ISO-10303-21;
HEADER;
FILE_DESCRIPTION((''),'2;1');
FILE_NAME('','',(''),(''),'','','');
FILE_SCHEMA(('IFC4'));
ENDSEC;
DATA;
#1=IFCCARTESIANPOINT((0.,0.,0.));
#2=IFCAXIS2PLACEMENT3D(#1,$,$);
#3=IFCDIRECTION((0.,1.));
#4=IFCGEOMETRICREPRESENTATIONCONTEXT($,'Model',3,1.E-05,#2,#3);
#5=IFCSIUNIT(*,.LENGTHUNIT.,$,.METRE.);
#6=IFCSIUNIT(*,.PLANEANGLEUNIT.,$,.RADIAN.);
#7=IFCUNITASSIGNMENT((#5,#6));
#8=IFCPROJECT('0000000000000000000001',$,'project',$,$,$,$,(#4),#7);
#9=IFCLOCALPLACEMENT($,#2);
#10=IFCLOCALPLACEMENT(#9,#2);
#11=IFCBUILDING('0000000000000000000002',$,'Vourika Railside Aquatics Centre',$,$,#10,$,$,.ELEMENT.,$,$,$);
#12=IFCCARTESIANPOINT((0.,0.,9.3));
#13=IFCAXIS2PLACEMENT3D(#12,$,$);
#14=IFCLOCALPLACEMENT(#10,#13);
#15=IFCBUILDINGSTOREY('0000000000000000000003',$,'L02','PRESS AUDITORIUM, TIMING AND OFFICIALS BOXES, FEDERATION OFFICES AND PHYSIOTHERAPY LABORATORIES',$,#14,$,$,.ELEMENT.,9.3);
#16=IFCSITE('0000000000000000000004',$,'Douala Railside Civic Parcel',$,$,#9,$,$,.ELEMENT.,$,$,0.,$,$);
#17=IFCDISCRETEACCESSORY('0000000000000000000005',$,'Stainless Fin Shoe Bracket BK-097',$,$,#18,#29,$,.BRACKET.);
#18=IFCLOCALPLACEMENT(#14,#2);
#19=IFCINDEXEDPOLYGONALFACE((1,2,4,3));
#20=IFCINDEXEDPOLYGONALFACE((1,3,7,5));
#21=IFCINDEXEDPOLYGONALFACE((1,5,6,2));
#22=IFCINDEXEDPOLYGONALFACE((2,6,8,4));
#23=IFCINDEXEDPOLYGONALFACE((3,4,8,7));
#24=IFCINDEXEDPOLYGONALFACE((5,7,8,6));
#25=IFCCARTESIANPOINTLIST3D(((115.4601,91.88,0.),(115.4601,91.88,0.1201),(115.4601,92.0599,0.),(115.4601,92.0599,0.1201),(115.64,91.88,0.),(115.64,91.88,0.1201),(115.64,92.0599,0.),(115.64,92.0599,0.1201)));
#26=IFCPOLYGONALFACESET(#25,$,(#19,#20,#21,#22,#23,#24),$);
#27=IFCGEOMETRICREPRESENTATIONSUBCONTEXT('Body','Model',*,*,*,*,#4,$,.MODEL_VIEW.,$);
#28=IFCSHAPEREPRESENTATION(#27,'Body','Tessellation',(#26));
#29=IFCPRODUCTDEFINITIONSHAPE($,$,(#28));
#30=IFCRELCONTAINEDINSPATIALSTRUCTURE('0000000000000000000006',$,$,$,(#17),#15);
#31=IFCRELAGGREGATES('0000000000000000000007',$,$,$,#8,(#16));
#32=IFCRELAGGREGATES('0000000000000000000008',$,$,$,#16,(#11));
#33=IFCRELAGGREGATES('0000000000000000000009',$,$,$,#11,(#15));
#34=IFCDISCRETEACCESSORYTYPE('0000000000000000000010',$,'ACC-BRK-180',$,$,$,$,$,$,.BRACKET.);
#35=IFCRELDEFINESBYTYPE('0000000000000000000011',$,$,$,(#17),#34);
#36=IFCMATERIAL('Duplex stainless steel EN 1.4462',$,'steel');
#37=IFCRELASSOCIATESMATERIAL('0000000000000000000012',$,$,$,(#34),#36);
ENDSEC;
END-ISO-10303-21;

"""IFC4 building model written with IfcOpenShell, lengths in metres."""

from ifc_helpers import new_model, si_unit, direction, frame, origin, origin_2d, place, context, subcontext, project, spatial, rectangle, extrude, material, type_object, element, save


model = new_model("IFC4")

# Units and contexts
model_context = context("Model", 3, precision=1e-05, world=origin(), true_north=direction((0.0, 1.0)))
body_context = subcontext(model_context, "Body", "Model", "MODEL_VIEW")
ifc_project = project(units=[si_unit("LENGTHUNIT", "METRE"), si_unit("PLANEANGLEUNIT", "RADIAN")], contexts=[model_context])

# Site, building, storey
site_placement = place(None, origin())
site = spatial("IfcSite", under=ifc_project, at=site_placement, Name="Douala Railside Civic Parcel", CompositionType="ELEMENT", RefElevation=0.0)
building_placement = place(site_placement, origin())
building = spatial("IfcBuilding", under=site, at=building_placement, Name="Vourika Railside Aquatics Centre", CompositionType="ELEMENT")
storey_placement = place(building_placement, frame((0.0, 0.0, 9.3)))
storey = spatial("IfcBuildingStorey", under=building, at=storey_placement, Name="L02", Description="PRESS AUDITORIUM, TIMING AND OFFICIALS BOXES, FEDERATION OFFICES AND PHYSIOTHERAPY LABORATORIES", CompositionType="ELEMENT", Elevation=9.3)

# Discrete accessory
ifc_material_1 = material(Name="Duplex stainless steel EN 1.4462", Category="steel")
discrete_accessory_type = type_object("IfcDiscreteAccessoryType", Name="ACC-BRK-180", PredefinedType="BRACKET", material=ifc_material_1)
discrete_accessory_placement = place(storey_placement, frame((115.55, 91.97, 0.0), z_axis=(0.0, 0.0, 1.0), x_axis=(0.0, -1.0, 0.0)))
element("IfcDiscreteAccessory", 1, at=discrete_accessory_placement, inside=storey, type_object=discrete_accessory_type, Name="Stainless Fin Shoe Bracket BK-097", PredefinedType="BRACKET", context=body_context, shape_type="SweptSolid", body=[
    extrude(rectangle(XDim=0.1799, YDim=0.1799, at=origin_2d()), origin(), (0.0, 0.0, 1.0), 0.1201),
])

save(model, "model.ifc")
